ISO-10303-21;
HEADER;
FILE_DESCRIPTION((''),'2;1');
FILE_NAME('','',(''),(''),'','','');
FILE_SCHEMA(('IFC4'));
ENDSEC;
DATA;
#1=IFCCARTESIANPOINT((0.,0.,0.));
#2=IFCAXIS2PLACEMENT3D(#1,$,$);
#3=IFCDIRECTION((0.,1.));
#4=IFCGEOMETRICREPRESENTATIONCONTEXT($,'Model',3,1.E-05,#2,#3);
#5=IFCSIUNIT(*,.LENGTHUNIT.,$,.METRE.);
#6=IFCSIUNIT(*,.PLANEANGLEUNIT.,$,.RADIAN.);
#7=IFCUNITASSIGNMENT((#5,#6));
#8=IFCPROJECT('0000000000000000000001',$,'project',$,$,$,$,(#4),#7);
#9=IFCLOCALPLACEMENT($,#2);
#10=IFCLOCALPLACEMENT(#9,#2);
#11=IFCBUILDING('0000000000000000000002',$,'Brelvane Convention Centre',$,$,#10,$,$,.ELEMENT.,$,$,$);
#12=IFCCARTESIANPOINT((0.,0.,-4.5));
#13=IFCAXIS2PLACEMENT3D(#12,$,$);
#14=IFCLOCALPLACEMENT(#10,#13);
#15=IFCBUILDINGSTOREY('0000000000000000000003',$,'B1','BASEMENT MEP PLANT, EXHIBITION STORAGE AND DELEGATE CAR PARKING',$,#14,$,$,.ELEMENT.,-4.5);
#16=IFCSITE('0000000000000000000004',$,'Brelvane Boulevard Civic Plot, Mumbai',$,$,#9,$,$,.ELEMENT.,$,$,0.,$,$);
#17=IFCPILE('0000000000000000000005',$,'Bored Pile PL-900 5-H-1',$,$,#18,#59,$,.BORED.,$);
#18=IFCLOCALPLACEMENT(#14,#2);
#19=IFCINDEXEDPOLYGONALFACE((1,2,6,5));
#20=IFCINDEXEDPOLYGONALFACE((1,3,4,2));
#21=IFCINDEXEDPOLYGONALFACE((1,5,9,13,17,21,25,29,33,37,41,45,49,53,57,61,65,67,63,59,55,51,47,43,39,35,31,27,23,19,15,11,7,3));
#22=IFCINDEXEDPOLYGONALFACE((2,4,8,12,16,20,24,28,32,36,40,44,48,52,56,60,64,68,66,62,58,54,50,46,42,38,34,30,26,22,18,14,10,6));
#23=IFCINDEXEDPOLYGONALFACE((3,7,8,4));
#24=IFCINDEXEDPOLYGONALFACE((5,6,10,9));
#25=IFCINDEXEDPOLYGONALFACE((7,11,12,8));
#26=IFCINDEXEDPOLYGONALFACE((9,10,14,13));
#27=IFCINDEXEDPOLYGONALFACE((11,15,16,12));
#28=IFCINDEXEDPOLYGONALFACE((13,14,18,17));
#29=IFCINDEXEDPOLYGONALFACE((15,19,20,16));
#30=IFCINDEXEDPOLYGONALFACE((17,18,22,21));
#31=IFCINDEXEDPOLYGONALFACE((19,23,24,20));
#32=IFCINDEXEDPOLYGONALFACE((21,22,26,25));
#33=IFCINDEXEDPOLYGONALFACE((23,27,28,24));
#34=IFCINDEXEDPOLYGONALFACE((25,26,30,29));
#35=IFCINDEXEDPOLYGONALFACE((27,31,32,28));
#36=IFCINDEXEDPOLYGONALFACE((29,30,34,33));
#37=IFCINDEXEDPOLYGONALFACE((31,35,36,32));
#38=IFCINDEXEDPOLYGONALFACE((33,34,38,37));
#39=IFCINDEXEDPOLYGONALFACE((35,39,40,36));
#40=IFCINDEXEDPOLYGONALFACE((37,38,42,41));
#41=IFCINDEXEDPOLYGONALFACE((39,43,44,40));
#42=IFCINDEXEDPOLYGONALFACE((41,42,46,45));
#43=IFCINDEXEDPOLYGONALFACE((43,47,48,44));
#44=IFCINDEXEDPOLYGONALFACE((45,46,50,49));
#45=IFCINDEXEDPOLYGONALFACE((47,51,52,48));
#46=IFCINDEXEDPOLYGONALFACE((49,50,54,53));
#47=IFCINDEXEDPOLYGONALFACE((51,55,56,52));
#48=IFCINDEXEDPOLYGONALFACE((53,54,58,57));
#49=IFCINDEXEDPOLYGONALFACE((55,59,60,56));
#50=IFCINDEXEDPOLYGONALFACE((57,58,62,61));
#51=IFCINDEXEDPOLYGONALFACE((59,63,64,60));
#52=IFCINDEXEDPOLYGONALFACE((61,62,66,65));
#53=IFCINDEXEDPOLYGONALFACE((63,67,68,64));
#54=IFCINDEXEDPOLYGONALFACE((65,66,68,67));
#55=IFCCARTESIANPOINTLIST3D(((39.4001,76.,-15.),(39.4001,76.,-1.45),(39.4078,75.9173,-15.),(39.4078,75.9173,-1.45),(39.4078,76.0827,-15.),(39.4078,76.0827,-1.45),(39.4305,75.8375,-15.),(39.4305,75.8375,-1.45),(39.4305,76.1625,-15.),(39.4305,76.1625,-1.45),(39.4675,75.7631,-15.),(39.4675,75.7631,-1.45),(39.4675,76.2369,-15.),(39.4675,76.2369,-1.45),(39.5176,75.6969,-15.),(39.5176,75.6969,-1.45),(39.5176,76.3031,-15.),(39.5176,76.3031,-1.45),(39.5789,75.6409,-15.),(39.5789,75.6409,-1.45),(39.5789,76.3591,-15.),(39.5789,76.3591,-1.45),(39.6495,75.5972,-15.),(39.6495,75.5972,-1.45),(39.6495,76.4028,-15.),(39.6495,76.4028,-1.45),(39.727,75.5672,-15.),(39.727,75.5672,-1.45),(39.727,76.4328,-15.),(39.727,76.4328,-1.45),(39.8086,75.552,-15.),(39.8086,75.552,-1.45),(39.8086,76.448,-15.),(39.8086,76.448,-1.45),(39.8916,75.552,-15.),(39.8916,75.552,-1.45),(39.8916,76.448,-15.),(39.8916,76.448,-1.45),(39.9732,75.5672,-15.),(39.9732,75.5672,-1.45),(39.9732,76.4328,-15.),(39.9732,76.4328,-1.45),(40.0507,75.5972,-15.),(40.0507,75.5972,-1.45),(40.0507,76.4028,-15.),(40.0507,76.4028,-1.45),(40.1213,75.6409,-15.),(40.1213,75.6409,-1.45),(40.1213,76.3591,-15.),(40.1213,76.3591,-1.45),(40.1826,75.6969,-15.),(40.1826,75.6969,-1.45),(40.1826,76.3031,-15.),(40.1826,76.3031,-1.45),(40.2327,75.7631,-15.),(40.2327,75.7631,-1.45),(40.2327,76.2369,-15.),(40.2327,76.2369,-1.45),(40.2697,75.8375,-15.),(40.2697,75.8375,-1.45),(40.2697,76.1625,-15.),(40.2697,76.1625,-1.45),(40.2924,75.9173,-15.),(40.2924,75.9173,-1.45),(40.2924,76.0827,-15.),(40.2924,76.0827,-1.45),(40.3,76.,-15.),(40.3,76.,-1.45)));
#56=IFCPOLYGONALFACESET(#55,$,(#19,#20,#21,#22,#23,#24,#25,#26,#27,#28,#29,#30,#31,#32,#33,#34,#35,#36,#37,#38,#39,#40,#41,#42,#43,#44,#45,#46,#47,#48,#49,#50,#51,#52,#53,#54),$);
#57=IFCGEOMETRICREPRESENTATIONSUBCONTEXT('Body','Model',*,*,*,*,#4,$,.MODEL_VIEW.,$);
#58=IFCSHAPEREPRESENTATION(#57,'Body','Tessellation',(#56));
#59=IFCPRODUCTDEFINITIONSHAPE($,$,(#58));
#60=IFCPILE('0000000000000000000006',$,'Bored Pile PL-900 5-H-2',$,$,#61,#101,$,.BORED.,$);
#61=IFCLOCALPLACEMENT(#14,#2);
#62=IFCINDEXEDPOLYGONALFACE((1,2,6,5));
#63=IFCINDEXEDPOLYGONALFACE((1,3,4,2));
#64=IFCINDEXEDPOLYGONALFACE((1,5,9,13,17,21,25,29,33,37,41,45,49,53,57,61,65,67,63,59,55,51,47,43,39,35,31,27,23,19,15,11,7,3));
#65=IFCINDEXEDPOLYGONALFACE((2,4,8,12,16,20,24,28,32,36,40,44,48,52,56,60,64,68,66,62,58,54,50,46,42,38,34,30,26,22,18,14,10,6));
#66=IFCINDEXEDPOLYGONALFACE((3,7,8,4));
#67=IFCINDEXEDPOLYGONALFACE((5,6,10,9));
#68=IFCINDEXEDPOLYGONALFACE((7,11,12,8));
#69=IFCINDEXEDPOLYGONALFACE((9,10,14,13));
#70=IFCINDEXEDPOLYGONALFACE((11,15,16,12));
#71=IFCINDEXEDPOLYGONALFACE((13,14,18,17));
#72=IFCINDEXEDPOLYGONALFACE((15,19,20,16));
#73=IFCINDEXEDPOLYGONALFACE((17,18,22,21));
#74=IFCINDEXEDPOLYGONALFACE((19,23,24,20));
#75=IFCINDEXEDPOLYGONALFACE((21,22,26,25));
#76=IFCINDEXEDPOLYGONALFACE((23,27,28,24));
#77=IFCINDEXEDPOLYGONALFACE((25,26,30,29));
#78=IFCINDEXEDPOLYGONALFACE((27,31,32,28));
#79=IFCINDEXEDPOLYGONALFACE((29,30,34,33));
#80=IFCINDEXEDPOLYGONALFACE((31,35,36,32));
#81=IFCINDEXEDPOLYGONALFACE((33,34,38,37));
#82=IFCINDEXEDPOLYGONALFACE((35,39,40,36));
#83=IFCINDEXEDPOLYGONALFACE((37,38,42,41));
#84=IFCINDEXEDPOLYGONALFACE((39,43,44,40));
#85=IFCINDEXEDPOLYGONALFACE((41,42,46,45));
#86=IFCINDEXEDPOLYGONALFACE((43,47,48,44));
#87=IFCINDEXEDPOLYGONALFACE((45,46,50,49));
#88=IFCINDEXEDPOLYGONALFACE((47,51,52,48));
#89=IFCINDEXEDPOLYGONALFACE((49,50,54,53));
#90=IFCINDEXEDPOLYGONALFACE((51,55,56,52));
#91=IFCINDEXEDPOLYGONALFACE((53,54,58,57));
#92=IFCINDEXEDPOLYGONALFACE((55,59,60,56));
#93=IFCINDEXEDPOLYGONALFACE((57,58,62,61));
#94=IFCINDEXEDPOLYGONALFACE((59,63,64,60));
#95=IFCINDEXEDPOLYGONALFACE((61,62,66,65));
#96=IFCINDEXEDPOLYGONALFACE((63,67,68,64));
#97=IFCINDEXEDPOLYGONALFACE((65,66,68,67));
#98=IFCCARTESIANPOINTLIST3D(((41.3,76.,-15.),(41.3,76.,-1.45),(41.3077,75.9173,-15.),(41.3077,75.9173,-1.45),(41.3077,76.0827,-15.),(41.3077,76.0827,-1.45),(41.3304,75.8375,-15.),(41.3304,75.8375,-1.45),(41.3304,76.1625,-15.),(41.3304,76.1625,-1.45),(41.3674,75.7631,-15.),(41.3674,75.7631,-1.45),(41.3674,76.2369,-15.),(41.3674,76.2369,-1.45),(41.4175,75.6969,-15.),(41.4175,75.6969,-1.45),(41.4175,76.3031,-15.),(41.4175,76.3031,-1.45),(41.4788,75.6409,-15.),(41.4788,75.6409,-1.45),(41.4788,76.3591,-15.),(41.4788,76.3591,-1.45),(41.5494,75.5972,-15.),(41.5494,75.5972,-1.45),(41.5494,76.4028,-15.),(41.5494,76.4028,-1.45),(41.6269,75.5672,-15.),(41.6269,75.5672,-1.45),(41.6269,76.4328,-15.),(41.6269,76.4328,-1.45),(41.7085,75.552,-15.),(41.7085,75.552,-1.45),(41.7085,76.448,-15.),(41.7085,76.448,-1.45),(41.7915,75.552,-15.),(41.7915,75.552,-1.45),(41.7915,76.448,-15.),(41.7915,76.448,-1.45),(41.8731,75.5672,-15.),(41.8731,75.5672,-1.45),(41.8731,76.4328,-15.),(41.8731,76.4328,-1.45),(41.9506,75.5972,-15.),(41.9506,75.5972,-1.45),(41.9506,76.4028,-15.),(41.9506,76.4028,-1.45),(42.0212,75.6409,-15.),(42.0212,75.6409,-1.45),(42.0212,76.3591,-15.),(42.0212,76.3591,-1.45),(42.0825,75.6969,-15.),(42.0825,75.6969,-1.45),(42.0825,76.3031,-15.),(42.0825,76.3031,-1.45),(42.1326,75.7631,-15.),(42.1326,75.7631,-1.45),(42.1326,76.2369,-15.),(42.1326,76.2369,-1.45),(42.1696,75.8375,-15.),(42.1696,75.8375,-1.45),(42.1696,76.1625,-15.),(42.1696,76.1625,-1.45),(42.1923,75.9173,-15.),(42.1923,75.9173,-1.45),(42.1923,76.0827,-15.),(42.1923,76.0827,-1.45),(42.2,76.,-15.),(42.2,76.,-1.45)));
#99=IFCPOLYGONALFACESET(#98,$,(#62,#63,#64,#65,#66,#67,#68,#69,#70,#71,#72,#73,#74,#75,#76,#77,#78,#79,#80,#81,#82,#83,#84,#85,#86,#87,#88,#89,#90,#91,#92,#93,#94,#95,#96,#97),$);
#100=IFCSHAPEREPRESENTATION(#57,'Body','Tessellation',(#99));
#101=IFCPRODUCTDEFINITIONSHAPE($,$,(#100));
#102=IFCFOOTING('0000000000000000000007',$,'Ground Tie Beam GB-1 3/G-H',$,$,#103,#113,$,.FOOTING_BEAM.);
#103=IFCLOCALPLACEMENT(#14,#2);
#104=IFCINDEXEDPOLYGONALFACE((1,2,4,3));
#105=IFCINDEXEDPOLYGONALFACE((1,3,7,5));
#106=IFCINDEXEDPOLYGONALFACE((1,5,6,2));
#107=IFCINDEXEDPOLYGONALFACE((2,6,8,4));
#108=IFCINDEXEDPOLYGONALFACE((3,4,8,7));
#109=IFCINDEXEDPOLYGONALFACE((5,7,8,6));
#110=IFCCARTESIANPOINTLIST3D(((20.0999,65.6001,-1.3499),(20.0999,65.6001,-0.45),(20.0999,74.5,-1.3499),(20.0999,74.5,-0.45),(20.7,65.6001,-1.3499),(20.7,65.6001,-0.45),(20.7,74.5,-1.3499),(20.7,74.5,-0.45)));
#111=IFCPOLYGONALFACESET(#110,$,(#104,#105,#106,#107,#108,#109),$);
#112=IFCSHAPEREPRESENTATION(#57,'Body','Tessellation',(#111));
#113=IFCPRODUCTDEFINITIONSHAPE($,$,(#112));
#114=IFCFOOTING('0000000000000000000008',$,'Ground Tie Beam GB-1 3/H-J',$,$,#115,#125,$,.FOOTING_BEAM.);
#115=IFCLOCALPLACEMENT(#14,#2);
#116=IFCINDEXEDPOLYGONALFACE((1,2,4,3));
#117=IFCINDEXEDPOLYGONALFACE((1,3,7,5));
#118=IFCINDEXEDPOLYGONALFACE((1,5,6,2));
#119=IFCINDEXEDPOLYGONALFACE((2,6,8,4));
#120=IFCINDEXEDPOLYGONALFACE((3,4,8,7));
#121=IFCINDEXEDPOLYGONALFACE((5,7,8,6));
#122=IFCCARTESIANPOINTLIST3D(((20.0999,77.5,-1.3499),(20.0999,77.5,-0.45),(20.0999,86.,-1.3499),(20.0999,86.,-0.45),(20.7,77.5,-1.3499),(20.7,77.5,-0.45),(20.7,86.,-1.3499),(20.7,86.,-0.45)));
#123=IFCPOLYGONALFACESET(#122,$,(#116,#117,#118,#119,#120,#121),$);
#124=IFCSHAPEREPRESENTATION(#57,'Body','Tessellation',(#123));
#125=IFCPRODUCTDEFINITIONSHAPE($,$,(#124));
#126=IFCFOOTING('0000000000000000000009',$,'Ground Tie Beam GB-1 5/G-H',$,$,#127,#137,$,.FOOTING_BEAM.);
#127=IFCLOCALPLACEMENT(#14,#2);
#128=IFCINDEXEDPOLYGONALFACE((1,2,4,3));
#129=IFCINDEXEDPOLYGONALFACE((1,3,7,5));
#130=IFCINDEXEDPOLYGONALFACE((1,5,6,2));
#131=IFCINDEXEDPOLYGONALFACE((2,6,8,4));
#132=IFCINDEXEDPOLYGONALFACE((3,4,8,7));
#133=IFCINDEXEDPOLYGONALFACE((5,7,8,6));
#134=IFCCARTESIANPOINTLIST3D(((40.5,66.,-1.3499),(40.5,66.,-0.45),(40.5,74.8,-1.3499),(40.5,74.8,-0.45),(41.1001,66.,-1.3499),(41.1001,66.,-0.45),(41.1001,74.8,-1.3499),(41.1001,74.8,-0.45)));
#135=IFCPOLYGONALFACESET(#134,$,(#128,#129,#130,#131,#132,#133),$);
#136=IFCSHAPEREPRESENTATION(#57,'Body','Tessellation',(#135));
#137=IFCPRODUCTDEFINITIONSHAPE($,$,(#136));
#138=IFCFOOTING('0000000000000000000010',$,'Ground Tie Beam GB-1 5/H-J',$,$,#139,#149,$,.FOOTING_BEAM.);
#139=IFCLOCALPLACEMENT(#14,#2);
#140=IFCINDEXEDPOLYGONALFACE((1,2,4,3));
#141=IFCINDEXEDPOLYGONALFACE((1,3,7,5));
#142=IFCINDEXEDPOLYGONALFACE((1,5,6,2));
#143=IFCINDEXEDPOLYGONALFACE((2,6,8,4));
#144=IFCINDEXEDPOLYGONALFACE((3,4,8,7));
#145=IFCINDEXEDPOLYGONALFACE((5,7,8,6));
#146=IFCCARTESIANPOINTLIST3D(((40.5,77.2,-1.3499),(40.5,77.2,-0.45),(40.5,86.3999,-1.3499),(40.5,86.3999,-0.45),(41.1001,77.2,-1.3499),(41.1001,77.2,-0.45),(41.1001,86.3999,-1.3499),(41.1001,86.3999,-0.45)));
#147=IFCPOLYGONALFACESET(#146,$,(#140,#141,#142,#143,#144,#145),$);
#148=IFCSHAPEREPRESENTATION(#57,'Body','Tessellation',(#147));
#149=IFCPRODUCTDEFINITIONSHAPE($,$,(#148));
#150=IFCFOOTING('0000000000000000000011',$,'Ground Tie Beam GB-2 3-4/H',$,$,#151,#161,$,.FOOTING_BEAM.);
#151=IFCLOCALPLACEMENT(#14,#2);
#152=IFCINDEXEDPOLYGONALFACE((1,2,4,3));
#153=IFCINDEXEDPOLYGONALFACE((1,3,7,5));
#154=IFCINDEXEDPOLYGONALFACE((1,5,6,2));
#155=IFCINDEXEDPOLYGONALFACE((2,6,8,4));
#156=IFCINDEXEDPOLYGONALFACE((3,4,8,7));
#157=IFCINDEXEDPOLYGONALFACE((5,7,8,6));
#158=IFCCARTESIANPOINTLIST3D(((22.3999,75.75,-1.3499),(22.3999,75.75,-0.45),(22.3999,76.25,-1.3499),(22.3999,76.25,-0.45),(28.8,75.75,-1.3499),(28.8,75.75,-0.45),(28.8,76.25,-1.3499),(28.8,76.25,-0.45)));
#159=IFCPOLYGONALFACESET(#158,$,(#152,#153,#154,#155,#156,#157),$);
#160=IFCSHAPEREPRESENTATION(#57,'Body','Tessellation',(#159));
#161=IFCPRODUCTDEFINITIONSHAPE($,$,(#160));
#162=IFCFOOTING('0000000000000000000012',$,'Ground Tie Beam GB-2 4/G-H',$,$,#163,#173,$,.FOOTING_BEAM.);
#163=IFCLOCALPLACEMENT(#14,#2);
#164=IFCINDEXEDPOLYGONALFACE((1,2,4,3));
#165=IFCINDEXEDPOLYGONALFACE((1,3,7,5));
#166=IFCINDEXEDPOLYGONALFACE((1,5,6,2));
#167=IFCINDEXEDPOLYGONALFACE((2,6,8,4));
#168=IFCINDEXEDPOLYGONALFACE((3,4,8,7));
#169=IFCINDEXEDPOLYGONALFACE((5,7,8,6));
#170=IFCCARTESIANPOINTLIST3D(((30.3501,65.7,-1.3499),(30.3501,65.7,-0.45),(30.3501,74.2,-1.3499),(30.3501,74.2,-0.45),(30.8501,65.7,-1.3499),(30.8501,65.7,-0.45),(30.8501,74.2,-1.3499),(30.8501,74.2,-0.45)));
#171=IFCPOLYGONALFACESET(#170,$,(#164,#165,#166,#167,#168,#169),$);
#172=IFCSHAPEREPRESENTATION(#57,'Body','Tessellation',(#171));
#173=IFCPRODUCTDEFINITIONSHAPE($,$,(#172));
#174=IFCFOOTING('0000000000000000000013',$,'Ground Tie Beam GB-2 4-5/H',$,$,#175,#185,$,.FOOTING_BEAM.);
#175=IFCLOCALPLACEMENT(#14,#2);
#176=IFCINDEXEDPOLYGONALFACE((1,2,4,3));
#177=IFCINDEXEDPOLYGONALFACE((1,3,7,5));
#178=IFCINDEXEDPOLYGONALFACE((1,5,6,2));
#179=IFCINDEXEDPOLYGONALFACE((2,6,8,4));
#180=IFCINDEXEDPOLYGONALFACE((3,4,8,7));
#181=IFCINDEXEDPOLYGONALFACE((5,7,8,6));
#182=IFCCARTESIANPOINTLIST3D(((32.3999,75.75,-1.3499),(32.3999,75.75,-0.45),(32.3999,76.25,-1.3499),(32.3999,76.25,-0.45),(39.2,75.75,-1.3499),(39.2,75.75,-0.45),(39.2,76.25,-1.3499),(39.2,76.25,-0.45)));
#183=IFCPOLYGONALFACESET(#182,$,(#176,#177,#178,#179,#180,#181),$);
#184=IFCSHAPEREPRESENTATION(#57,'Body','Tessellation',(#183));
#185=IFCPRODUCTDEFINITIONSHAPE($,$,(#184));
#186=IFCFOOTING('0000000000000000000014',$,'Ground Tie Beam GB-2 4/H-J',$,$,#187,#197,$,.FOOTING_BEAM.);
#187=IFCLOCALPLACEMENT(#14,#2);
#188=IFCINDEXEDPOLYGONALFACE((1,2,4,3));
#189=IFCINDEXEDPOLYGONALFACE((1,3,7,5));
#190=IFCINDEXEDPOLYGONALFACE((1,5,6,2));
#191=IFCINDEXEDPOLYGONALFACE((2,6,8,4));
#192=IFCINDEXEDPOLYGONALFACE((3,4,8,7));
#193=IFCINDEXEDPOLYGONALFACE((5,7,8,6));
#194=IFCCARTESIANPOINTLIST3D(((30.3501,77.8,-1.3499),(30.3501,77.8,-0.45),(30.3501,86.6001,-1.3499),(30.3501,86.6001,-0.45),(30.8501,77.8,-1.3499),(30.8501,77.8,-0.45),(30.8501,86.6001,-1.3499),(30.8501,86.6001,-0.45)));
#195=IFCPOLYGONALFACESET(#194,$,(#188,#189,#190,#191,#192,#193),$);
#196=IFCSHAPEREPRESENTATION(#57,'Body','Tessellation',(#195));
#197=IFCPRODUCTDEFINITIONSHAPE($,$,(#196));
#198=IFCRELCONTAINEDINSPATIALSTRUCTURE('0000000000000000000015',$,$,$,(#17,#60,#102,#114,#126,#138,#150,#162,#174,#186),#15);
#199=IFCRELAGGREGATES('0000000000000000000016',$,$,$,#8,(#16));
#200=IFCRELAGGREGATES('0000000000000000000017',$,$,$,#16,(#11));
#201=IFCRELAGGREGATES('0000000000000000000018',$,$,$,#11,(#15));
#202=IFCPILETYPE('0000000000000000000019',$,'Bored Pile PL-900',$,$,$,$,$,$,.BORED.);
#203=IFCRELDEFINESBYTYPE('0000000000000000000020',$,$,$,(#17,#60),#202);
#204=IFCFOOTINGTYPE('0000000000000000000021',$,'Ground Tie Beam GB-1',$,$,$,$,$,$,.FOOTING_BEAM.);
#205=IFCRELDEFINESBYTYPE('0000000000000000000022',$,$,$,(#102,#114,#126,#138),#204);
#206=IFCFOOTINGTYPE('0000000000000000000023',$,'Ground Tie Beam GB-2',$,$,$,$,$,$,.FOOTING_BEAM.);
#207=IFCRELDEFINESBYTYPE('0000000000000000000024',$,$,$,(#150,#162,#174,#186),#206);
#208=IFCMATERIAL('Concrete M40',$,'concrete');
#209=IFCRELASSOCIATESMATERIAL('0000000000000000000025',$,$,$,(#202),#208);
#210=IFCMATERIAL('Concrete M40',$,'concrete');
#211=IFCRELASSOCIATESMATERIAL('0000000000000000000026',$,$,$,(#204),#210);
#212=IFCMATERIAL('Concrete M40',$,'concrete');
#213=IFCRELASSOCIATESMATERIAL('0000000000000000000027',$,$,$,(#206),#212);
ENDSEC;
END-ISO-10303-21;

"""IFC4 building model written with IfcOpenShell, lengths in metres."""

from ifc_helpers import new_model, si_unit, direction, frame, origin, origin_2d, place, context, subcontext, project, spatial, rectangle, circle, extrude, material, material_profile, profile_set, type_object, element, save


model = new_model("IFC4")

# Units and contexts
model_context = context("Model", 3, precision=1e-05, world=origin(), true_north=direction((0.0, 1.0)))
body_context = subcontext(model_context, "Body", "Model", "MODEL_VIEW")
ifc_project = project(units=[si_unit("LENGTHUNIT", "METRE"), si_unit("PLANEANGLEUNIT", "RADIAN")], contexts=[model_context])

# Site, building, storey
site_placement = place(None, origin())
site = spatial("IfcSite", under=ifc_project, at=site_placement, Name="Brelvane Boulevard Civic Plot, Mumbai", CompositionType="ELEMENT", RefElevation=0.0)
building_placement = place(site_placement, origin())
building = spatial("IfcBuilding", under=site, at=building_placement, Name="Brelvane Convention Centre", CompositionType="ELEMENT")
storey_placement = place(building_placement, frame((0.0, 0.0, -4.5)))
storey = spatial("IfcBuildingStorey", under=building, at=storey_placement, Name="B1", Description="BASEMENT MEP PLANT, EXHIBITION STORAGE AND DELEGATE CAR PARKING", CompositionType="ELEMENT", Elevation=-4.5)

# Piles
ifc_material_1 = material(Name="Concrete M40", Category="concrete")
ifc_material_profile_1 = material_profile(ifc_material_1, circle(Radius=0.45, at=origin_2d()), Name="PILE D900")
ifc_profile_set_1 = profile_set([ifc_material_profile_1], Name="Concrete M40")
pile_type = type_object("IfcPileType", Name="Bored Pile PL-900", PredefinedType="BORED", material=ifc_profile_set_1)
for number, where, z_axis, x_axis, name in (
    (1, (39.8501, 76.0, -1.45), (0.0, 0.0, -1.0), (1.0, 0.0, 0.0), "Bored Pile PL-900 5-H-1"),
    (2, (41.75, 76.0, -1.45), (0.0, 0.0, -1.0), (1.0, 0.0, 0.0), "Bored Pile PL-900 5-H-2"),
):
    element("IfcPile", number, at=place(storey_placement, frame(where, z_axis=z_axis, x_axis=x_axis)), inside=storey, type_object=pile_type, Name=name, PredefinedType="BORED", context=body_context, shape_type="SweptSolid", body=[
        extrude(circle(Radius=0.45, at=origin_2d()), origin(), (0.0, 0.0, 1.0), 13.55),
    ])

# Footings
ifc_material_2 = material(Name="Concrete M40", Category="concrete")
ifc_material_profile_2 = material_profile(ifc_material_2, rectangle(XDim=0.6001, YDim=0.8999, at=origin_2d()), Name="RC 600x900")
ifc_profile_set_2 = profile_set([ifc_material_profile_2], Name="Concrete M40")
footing_type_1 = type_object("IfcFootingType", Name="Ground Tie Beam GB-1", PredefinedType="FOOTING_BEAM", material=ifc_profile_set_2)
footing_1_placement = place(storey_placement, frame((20.3999, 65.6001, -0.8999), z_axis=(0.0, 1.0, 0.0), x_axis=(-1.0, 0.0, 0.0)))
element("IfcFooting", 3, at=footing_1_placement, inside=storey, type_object=footing_type_1, Name="Ground Tie Beam GB-1 3/G-H", PredefinedType="FOOTING_BEAM", context=body_context, shape_type="SweptSolid", body=[
    extrude(rectangle(XDim=0.6001, YDim=0.8999, at=origin_2d()), origin(), (0.0, 0.0, 1.0), 8.8999),
])
footing_2_placement = place(storey_placement, frame((20.3999, 77.5, -0.8999), z_axis=(0.0, 1.0, 0.0), x_axis=(-1.0, 0.0, 0.0)))
element("IfcFooting", 4, at=footing_2_placement, inside=storey, type_object=footing_type_1, Name="Ground Tie Beam GB-1 3/H-J", PredefinedType="FOOTING_BEAM", context=body_context, shape_type="SweptSolid", body=[
    extrude(rectangle(XDim=0.6001, YDim=0.8999, at=origin_2d()), origin(), (0.0, 0.0, 1.0), 8.5),
])
footing_3_placement = place(storey_placement, frame((40.8, 66.0, -0.8999), z_axis=(0.0, 1.0, 0.0), x_axis=(-1.0, 0.0, 0.0)))
element("IfcFooting", 5, at=footing_3_placement, inside=storey, type_object=footing_type_1, Name="Ground Tie Beam GB-1 5/G-H", PredefinedType="FOOTING_BEAM", context=body_context, shape_type="SweptSolid", body=[
    extrude(rectangle(XDim=0.6001, YDim=0.8999, at=origin_2d()), origin(), (0.0, 0.0, 1.0), 8.8),
])
footing_4_placement = place(storey_placement, frame((40.8, 77.2, -0.8999), z_axis=(0.0, 1.0, 0.0), x_axis=(-1.0, 0.0, 0.0)))
element("IfcFooting", 6, at=footing_4_placement, inside=storey, type_object=footing_type_1, Name="Ground Tie Beam GB-1 5/H-J", PredefinedType="FOOTING_BEAM", context=body_context, shape_type="SweptSolid", body=[
    extrude(rectangle(XDim=0.6001, YDim=0.8999, at=origin_2d()), origin(), (0.0, 0.0, 1.0), 9.2),
])
ifc_material_3 = material(Name="Concrete M40", Category="concrete")
ifc_material_profile_3 = material_profile(ifc_material_3, rectangle(XDim=0.5, YDim=0.8999, at=origin_2d()), Name="RC 500x900")
ifc_profile_set_3 = profile_set([ifc_material_profile_3], Name="Concrete M40")
footing_type_2 = type_object("IfcFootingType", Name="Ground Tie Beam GB-2", PredefinedType="FOOTING_BEAM", material=ifc_profile_set_3)
footing_5_placement = place(storey_placement, frame((22.3999, 76.0, -0.8999), z_axis=(1.0, 0.0, 0.0), x_axis=(0.0, 1.0, 0.0)))
element("IfcFooting", 7, at=footing_5_placement, inside=storey, type_object=footing_type_2, Name="Ground Tie Beam GB-2 3-4/H", PredefinedType="FOOTING_BEAM", context=body_context, shape_type="SweptSolid", body=[
    extrude(rectangle(XDim=0.5, YDim=0.8999, at=origin_2d()), origin(), (0.0, 0.0, 1.0), 6.4001),
])
footing_6_placement = place(storey_placement, frame((30.6001, 65.7, -0.8999), z_axis=(0.0, 1.0, 0.0), x_axis=(-1.0, 0.0, 0.0)))
element("IfcFooting", 8, at=footing_6_placement, inside=storey, type_object=footing_type_2, Name="Ground Tie Beam GB-2 4/G-H", PredefinedType="FOOTING_BEAM", context=body_context, shape_type="SweptSolid", body=[
    extrude(rectangle(XDim=0.5, YDim=0.8999, at=origin_2d()), origin(), (0.0, 0.0, 1.0), 8.5),
])
footing_7_placement = place(storey_placement, frame((32.3999, 76.0, -0.8999), z_axis=(1.0, 0.0, 0.0), x_axis=(0.0, 1.0, 0.0)))
element("IfcFooting", 9, at=footing_7_placement, inside=storey, type_object=footing_type_2, Name="Ground Tie Beam GB-2 4-5/H", PredefinedType="FOOTING_BEAM", context=body_context, shape_type="SweptSolid", body=[
    extrude(rectangle(XDim=0.5, YDim=0.8999, at=origin_2d()), origin(), (0.0, 0.0, 1.0), 6.8),
])
footing_8_placement = place(storey_placement, frame((30.6001, 77.8, -0.8999), z_axis=(0.0, 1.0, 0.0), x_axis=(-1.0, 0.0, 0.0)))
element("IfcFooting", 10, at=footing_8_placement, inside=storey, type_object=footing_type_2, Name="Ground Tie Beam GB-2 4/H-J", PredefinedType="FOOTING_BEAM", context=body_context, shape_type="SweptSolid", body=[
    extrude(rectangle(XDim=0.5, YDim=0.8999, at=origin_2d()), origin(), (0.0, 0.0, 1.0), 8.8),
])

save(model, "model.ifc")
